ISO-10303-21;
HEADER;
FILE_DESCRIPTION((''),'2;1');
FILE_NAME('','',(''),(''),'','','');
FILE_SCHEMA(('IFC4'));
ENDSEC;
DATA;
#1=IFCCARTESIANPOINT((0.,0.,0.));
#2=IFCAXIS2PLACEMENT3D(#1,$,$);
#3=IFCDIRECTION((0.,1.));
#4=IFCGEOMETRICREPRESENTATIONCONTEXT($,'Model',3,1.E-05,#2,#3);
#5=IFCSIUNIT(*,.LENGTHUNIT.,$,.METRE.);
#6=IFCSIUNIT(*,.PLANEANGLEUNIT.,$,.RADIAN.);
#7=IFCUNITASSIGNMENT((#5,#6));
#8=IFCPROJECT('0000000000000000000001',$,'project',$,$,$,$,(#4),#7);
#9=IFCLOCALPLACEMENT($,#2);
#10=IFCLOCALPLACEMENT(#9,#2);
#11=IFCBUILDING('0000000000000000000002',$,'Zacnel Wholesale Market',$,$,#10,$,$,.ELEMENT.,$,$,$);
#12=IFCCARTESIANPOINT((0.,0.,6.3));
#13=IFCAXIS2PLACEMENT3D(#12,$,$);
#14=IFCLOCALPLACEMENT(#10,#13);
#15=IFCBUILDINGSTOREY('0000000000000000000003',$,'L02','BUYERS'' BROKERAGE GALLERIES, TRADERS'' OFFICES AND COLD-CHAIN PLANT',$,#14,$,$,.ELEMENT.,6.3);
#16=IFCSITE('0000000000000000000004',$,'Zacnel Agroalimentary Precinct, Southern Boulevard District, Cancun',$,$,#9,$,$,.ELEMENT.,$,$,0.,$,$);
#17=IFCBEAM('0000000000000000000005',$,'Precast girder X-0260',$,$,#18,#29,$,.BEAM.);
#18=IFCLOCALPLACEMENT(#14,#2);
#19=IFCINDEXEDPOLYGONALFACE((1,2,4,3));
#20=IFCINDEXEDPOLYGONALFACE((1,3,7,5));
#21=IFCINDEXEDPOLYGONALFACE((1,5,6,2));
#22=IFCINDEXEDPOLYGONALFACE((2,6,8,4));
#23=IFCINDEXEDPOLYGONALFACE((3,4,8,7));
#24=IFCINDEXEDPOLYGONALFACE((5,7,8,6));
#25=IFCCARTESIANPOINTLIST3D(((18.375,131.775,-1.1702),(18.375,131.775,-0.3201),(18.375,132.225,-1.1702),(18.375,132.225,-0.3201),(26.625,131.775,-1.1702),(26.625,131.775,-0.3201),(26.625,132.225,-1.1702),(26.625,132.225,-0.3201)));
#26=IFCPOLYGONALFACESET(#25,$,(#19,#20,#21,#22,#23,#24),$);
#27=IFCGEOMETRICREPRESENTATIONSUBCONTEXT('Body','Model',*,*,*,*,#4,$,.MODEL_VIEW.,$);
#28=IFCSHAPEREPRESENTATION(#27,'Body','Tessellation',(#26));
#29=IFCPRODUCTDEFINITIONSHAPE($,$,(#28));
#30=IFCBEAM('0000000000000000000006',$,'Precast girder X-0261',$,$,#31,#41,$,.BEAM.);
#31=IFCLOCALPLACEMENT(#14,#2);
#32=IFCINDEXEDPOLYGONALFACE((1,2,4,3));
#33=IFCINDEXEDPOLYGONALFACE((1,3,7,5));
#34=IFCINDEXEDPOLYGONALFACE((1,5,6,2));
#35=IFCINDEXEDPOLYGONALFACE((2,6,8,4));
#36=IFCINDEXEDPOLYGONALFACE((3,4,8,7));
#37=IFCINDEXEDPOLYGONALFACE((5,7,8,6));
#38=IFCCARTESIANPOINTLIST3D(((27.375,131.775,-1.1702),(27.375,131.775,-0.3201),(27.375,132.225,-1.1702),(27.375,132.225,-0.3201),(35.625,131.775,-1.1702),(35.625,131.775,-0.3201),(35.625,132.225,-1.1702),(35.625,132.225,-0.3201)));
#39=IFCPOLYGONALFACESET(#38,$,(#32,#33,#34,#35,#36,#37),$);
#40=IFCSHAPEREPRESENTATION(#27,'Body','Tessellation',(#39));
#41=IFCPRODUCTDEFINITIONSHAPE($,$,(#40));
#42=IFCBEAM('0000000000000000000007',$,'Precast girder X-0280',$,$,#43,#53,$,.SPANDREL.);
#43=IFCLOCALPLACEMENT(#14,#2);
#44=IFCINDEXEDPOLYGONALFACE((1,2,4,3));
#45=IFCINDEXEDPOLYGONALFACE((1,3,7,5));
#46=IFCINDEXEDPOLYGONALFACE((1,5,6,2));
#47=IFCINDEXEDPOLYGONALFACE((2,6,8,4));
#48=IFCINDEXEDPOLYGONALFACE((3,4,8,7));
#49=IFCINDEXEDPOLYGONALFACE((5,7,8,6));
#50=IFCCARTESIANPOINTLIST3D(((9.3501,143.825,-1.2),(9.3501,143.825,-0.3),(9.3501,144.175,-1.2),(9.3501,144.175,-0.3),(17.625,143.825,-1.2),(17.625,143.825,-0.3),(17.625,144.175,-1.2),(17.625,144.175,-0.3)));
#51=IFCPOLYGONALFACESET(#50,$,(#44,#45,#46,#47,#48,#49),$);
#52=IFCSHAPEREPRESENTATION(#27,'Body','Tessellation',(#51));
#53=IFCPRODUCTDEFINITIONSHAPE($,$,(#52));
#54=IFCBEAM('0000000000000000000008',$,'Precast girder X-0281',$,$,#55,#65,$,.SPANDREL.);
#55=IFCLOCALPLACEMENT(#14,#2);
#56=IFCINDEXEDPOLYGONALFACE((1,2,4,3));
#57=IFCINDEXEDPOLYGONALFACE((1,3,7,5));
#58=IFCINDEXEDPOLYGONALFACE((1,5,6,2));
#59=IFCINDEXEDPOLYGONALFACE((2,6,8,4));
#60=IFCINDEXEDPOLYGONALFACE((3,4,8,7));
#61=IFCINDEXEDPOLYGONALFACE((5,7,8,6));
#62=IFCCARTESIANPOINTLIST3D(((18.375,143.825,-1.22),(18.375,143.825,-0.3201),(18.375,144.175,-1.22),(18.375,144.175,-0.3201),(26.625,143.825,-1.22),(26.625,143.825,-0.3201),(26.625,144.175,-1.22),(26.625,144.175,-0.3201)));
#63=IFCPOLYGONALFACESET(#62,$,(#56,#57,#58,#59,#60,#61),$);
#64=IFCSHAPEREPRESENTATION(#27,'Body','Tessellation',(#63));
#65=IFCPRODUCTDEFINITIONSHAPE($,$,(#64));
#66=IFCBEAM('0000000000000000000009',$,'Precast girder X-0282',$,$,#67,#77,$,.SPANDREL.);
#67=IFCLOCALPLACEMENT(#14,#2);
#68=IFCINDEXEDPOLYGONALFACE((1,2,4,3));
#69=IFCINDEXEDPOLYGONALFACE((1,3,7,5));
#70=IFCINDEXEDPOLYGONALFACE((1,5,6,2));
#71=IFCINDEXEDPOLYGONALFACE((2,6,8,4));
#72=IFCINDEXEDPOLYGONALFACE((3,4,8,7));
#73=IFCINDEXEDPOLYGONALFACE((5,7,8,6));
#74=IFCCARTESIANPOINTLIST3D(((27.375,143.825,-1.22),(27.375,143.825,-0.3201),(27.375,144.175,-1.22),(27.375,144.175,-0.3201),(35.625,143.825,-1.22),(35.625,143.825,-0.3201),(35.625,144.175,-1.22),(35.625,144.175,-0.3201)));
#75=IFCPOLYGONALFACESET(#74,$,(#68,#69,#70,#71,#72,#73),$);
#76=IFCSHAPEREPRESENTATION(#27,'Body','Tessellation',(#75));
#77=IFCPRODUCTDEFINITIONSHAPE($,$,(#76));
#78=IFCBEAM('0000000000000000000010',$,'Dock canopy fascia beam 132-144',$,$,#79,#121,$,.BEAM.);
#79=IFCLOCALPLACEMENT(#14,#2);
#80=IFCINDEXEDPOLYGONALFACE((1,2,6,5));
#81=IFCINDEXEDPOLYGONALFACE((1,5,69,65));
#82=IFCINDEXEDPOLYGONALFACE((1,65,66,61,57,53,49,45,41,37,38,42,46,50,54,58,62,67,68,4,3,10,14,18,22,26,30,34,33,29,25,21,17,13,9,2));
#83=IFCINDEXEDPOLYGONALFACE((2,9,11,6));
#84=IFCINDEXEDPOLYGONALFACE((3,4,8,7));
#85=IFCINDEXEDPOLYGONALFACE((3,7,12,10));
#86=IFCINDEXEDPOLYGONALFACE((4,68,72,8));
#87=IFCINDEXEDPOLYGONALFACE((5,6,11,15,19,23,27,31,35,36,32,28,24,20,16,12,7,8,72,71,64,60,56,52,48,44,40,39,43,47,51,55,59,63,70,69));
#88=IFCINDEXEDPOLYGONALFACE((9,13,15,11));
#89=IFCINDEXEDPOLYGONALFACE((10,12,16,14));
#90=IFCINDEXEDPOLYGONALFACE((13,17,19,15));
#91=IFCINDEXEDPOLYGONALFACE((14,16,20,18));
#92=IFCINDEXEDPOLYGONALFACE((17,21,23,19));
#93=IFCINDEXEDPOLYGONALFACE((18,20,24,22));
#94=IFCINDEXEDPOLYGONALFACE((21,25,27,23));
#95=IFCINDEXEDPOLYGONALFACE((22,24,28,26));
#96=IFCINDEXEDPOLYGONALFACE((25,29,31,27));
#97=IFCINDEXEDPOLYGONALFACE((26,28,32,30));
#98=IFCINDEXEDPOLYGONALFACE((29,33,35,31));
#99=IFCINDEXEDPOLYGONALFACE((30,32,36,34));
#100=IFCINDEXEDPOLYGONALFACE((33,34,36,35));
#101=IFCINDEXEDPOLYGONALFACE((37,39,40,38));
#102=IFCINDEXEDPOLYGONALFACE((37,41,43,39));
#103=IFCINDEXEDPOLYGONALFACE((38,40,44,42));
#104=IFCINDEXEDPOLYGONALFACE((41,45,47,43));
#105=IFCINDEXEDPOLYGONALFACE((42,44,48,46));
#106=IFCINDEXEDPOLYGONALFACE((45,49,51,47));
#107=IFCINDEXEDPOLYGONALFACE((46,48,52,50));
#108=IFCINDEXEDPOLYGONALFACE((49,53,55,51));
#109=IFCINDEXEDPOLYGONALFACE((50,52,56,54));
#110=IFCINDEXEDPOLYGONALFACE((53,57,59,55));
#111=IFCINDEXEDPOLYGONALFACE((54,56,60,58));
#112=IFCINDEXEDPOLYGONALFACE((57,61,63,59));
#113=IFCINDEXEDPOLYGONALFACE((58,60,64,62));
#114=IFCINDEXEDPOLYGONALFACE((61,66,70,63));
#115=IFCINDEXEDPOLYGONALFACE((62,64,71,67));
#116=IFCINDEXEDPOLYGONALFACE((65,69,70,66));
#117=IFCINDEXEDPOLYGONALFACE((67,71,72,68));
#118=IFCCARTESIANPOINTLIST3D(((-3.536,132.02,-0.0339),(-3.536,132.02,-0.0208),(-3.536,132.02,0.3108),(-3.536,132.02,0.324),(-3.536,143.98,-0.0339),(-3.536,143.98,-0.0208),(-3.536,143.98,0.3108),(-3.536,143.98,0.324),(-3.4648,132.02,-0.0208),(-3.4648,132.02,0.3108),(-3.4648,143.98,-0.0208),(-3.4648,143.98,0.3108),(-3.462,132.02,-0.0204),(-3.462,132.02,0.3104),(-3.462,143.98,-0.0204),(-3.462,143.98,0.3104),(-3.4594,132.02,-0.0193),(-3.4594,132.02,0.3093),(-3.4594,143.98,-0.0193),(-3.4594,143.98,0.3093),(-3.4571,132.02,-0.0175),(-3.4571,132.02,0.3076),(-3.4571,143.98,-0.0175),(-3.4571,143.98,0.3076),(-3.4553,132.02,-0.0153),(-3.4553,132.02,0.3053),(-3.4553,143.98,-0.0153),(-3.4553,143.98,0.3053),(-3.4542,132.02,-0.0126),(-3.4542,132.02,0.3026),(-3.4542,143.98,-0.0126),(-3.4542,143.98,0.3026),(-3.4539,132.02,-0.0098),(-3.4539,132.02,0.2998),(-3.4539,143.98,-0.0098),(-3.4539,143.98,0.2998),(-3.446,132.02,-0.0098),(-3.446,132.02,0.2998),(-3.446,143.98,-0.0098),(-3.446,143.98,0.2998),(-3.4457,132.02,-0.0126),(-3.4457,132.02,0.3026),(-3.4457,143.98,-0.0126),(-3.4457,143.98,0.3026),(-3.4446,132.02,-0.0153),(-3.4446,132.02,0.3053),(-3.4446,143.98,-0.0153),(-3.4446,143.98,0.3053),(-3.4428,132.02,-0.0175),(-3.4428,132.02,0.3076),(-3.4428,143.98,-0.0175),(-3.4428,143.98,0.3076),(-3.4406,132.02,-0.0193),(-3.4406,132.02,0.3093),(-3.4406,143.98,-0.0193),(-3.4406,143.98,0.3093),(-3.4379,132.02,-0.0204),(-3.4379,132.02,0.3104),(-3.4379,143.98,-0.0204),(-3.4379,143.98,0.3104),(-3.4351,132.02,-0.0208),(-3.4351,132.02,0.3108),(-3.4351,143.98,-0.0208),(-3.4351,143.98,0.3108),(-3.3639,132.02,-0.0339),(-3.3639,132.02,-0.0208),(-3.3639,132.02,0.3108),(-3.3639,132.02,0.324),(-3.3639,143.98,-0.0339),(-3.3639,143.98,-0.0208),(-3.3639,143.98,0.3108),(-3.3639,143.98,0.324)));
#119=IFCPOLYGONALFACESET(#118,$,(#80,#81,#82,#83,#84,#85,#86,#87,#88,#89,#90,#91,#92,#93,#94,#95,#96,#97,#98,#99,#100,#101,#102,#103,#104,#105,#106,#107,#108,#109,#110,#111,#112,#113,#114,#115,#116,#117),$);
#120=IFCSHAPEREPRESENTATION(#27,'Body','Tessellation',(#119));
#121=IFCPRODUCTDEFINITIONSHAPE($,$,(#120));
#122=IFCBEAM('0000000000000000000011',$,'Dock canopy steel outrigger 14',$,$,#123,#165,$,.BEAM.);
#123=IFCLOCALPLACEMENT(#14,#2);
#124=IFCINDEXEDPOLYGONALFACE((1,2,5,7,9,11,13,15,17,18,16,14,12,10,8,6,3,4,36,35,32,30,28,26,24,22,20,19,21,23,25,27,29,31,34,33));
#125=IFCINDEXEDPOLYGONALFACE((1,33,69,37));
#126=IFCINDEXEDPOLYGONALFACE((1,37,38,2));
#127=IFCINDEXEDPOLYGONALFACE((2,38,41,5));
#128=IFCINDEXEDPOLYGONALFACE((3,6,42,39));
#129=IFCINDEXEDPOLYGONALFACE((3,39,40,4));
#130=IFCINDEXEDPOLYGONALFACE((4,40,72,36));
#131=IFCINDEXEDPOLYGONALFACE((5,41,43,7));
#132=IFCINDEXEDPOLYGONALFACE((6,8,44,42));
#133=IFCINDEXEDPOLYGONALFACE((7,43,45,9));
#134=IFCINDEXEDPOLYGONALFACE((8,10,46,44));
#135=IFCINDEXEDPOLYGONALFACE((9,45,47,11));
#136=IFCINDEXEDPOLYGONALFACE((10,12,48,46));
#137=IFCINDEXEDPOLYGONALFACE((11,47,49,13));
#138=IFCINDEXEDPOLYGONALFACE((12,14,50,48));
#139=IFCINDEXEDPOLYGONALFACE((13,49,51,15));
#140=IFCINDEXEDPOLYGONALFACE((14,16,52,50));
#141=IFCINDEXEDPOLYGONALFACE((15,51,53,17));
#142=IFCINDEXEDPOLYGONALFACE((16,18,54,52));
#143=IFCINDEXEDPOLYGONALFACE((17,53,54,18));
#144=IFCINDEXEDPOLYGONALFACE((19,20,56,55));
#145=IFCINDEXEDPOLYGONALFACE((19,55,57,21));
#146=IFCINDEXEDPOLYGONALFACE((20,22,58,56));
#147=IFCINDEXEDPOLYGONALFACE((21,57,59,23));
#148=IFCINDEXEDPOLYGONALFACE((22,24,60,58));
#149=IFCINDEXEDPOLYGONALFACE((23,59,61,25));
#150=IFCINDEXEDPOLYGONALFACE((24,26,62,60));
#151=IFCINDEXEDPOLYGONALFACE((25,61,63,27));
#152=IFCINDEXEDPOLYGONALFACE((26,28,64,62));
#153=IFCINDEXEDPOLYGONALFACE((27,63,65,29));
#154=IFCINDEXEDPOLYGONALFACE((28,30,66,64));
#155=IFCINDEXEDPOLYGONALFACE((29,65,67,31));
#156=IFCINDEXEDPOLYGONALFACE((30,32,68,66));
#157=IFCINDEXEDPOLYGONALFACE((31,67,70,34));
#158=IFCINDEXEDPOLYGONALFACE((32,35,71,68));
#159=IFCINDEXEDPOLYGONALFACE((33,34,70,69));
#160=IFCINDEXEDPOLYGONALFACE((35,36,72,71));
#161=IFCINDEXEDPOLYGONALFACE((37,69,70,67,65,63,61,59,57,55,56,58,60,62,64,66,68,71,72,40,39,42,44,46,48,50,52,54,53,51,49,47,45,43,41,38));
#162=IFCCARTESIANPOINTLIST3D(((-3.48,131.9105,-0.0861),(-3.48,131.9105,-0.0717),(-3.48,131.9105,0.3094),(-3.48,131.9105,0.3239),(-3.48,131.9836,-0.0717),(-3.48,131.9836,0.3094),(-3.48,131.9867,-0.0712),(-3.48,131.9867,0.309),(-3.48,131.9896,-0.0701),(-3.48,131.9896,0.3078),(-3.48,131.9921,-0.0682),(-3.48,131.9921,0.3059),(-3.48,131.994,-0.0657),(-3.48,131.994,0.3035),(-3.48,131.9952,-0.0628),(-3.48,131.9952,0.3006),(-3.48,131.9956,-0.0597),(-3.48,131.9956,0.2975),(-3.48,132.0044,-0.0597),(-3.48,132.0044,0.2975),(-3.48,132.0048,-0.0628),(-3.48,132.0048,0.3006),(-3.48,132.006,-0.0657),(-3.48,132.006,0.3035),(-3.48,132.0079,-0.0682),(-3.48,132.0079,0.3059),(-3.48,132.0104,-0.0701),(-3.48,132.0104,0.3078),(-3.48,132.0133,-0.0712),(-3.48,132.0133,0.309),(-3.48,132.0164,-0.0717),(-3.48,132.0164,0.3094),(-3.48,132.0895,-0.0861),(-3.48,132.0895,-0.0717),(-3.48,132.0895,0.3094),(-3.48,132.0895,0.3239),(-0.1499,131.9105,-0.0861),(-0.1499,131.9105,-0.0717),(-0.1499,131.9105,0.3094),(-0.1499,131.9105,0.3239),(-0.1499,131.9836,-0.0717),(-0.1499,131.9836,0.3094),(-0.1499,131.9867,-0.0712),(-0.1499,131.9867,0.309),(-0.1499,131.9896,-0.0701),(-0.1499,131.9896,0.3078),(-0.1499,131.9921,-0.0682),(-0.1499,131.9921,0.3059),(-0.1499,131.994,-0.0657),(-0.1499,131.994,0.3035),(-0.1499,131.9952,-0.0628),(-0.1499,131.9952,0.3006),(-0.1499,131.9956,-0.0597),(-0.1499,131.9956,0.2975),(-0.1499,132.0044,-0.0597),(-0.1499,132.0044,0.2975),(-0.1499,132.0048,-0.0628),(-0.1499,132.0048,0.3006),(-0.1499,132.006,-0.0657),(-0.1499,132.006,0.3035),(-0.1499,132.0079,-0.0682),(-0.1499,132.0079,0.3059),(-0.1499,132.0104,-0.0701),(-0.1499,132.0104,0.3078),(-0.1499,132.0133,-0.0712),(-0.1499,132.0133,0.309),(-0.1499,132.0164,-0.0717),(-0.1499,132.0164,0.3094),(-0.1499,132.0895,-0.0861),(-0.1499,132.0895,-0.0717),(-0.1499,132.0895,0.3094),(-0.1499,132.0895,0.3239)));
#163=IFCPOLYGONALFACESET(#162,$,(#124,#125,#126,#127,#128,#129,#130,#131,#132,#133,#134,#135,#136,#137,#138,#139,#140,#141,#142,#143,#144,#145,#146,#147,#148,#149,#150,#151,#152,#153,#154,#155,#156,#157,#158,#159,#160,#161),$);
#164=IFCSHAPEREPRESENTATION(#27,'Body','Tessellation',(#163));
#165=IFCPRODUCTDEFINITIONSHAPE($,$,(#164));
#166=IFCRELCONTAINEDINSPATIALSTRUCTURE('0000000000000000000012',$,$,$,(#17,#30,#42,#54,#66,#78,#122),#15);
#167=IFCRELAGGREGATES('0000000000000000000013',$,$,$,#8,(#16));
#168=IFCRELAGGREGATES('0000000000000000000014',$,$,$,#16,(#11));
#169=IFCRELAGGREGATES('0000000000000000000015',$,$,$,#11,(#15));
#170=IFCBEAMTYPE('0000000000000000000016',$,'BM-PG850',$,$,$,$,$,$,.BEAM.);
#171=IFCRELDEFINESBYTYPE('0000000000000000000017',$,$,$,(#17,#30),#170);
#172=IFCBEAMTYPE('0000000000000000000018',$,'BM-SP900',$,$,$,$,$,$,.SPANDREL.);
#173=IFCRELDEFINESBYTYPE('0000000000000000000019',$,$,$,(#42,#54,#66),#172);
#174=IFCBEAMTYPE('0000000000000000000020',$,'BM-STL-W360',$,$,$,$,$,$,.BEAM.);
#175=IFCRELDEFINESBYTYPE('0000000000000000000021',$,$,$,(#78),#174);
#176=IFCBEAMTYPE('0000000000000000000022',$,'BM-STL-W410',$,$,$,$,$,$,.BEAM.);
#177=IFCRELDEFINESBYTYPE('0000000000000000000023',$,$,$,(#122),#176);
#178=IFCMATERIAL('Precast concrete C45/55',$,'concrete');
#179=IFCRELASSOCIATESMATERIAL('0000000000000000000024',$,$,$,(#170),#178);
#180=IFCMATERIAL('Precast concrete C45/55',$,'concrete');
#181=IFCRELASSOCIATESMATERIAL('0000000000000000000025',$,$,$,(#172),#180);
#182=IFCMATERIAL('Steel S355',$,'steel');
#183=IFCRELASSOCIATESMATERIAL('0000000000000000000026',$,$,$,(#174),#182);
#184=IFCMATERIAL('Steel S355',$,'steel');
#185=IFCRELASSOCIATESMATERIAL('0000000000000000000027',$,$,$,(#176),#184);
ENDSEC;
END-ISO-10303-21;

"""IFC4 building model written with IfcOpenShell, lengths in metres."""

from ifc_helpers import new_model, si_unit, direction, frame, origin, origin_2d, place, context, subcontext, project, spatial, rectangle, i_section, extrude, material, material_profile, profile_set, type_object, element, save


model = new_model("IFC4")

# Units and contexts
model_context = context("Model", 3, precision=1e-05, world=origin(), true_north=direction((0.0, 1.0)))
body_context = subcontext(model_context, "Body", "Model", "MODEL_VIEW")
ifc_project = project(units=[si_unit("LENGTHUNIT", "METRE"), si_unit("PLANEANGLEUNIT", "RADIAN")], contexts=[model_context])

# Site, building, storey
site_placement = place(None, origin())
site = spatial("IfcSite", under=ifc_project, at=site_placement, Name="Zacnel Agroalimentary Precinct, Southern Boulevard District, Cancun", CompositionType="ELEMENT", RefElevation=0.0)
building_placement = place(site_placement, origin())
building = spatial("IfcBuilding", under=site, at=building_placement, Name="Zacnel Wholesale Market", CompositionType="ELEMENT")
storey_placement = place(building_placement, frame((0.0, 0.0, 6.3)))
storey = spatial("IfcBuildingStorey", under=building, at=storey_placement, Name="L02", Description="BUYERS' BROKERAGE GALLERIES, TRADERS' OFFICES AND COLD-CHAIN PLANT", CompositionType="ELEMENT", Elevation=6.3)

# Beams
ifc_material_1 = material(Name="Precast concrete C45/55", Category="concrete")
ifc_material_profile_1 = material_profile(ifc_material_1, rectangle(XDim=0.45, YDim=0.8501, at=origin_2d()), Name="PG 450x850")
ifc_profile_set_1 = profile_set([ifc_material_profile_1], Name="Precast concrete C45/55")
beam_type_1 = type_object("IfcBeamType", Name="BM-PG850", PredefinedType="BEAM", material=ifc_profile_set_1)
for number, where, z_axis, x_axis, name in (
    (1, (18.375, 132.0, -0.7451), (1.0, 0.0, 0.0), (0.0, 1.0, 0.0), "Precast girder X-0260"),
    (2, (27.375, 132.0, -0.7451), (1.0, 0.0, 0.0), (0.0, 1.0, 0.0), "Precast girder X-0261"),
):
    element("IfcBeam", number, at=place(storey_placement, frame(where, z_axis=z_axis, x_axis=x_axis)), inside=storey, type_object=beam_type_1, Name=name, PredefinedType="BEAM", context=body_context, shape_type="SweptSolid", body=[
        extrude(rectangle(XDim=0.45, YDim=0.8501, at=origin_2d()), origin(), (0.0, 0.0, 1.0), 8.25),
    ])
ifc_material_2 = material(Name="Precast concrete C45/55", Category="concrete")
ifc_material_profile_2 = material_profile(ifc_material_2, rectangle(XDim=0.3501, YDim=0.8999, at=origin_2d()), Name="SP 350x900")
ifc_profile_set_2 = profile_set([ifc_material_profile_2], Name="Precast concrete C45/55")
beam_type_2 = type_object("IfcBeamType", Name="BM-SP900", PredefinedType="SPANDREL", material=ifc_profile_set_2)
beam_1_placement = place(storey_placement, frame((9.3501, 144.0, -0.75), z_axis=(1.0, 0.0, 0.0), x_axis=(0.0, 1.0, 0.0)))
element("IfcBeam", 3, at=beam_1_placement, inside=storey, type_object=beam_type_2, Name="Precast girder X-0280", PredefinedType="SPANDREL", context=body_context, shape_type="SweptSolid", body=[
    extrude(rectangle(XDim=0.3501, YDim=0.8999, at=origin_2d()), origin(), (0.0, 0.0, 1.0), 8.2749),
])
for number, where, z_axis, x_axis, name in (
    (4, (18.375, 144.0, -0.77), (1.0, 0.0, 0.0), (0.0, 1.0, 0.0), "Precast girder X-0281"),
    (5, (27.375, 144.0, -0.77), (1.0, 0.0, 0.0), (0.0, 1.0, 0.0), "Precast girder X-0282"),
):
    element("IfcBeam", number, at=place(storey_placement, frame(where, z_axis=z_axis, x_axis=x_axis)), inside=storey, type_object=beam_type_2, Name=name, PredefinedType="SPANDREL", context=body_context, shape_type="SweptSolid", body=[
        extrude(rectangle(XDim=0.3501, YDim=0.8999, at=origin_2d()), origin(), (0.0, 0.0, 1.0), 8.25),
    ])
ifc_material_3 = material(Name="Steel S355", Category="steel")
ifc_material_profile_3 = material_profile(ifc_material_3, i_section(OverallWidth=0.1721, OverallDepth=0.3579, WebThickness=0.0078, FlangeThickness=0.0132, FilletRadius=0.011, at=origin_2d()), Name="W360X57.8")
ifc_profile_set_3 = profile_set([ifc_material_profile_3], Name="Steel S355")
beam_type_3 = type_object("IfcBeamType", Name="BM-STL-W360", PredefinedType="BEAM", material=ifc_profile_set_3)
beam_2_placement = place(storey_placement, frame((-3.45, 132.02, 0.145), z_axis=(0.0, 1.0, 0.0), x_axis=(-1.0, 0.0, 0.0)))
element("IfcBeam", 6, at=beam_2_placement, inside=storey, type_object=beam_type_3, Name="Dock canopy fascia beam 132-144", PredefinedType="BEAM", context=body_context, shape_type="SweptSolid", body=[
    extrude(i_section(OverallWidth=0.1721, OverallDepth=0.3579, WebThickness=0.0078, FlangeThickness=0.0132, FilletRadius=0.011, at=origin_2d()), origin(), (0.0, 0.0, 1.0), 11.96),
])
ifc_material_4 = material(Name="Steel S355", Category="steel")
ifc_material_profile_4 = material_profile(ifc_material_4, i_section(OverallWidth=0.179, OverallDepth=0.4099, WebThickness=0.0088, FlangeThickness=0.0144, FilletRadius=0.012, at=origin_2d()), Name="W410X67")
ifc_profile_set_4 = profile_set([ifc_material_profile_4], Name="Steel S355")
beam_type_4 = type_object("IfcBeamType", Name="BM-STL-W410", PredefinedType="BEAM", material=ifc_profile_set_4)
beam_3_placement = place(storey_placement, frame((-0.1499, 132.0, 0.1189), z_axis=(-1.0, 0.0, 0.0), x_axis=(0.0, -1.0, 0.0)))
element("IfcBeam", 7, at=beam_3_placement, inside=storey, type_object=beam_type_4, Name="Dock canopy steel outrigger 14", PredefinedType="BEAM", context=body_context, shape_type="SweptSolid", body=[
    extrude(i_section(OverallWidth=0.179, OverallDepth=0.4099, WebThickness=0.0088, FlangeThickness=0.0144, FilletRadius=0.012, at=origin_2d()), origin(), (0.0, 0.0, 1.0), 3.3301),
])

save(model, "model.ifc")
